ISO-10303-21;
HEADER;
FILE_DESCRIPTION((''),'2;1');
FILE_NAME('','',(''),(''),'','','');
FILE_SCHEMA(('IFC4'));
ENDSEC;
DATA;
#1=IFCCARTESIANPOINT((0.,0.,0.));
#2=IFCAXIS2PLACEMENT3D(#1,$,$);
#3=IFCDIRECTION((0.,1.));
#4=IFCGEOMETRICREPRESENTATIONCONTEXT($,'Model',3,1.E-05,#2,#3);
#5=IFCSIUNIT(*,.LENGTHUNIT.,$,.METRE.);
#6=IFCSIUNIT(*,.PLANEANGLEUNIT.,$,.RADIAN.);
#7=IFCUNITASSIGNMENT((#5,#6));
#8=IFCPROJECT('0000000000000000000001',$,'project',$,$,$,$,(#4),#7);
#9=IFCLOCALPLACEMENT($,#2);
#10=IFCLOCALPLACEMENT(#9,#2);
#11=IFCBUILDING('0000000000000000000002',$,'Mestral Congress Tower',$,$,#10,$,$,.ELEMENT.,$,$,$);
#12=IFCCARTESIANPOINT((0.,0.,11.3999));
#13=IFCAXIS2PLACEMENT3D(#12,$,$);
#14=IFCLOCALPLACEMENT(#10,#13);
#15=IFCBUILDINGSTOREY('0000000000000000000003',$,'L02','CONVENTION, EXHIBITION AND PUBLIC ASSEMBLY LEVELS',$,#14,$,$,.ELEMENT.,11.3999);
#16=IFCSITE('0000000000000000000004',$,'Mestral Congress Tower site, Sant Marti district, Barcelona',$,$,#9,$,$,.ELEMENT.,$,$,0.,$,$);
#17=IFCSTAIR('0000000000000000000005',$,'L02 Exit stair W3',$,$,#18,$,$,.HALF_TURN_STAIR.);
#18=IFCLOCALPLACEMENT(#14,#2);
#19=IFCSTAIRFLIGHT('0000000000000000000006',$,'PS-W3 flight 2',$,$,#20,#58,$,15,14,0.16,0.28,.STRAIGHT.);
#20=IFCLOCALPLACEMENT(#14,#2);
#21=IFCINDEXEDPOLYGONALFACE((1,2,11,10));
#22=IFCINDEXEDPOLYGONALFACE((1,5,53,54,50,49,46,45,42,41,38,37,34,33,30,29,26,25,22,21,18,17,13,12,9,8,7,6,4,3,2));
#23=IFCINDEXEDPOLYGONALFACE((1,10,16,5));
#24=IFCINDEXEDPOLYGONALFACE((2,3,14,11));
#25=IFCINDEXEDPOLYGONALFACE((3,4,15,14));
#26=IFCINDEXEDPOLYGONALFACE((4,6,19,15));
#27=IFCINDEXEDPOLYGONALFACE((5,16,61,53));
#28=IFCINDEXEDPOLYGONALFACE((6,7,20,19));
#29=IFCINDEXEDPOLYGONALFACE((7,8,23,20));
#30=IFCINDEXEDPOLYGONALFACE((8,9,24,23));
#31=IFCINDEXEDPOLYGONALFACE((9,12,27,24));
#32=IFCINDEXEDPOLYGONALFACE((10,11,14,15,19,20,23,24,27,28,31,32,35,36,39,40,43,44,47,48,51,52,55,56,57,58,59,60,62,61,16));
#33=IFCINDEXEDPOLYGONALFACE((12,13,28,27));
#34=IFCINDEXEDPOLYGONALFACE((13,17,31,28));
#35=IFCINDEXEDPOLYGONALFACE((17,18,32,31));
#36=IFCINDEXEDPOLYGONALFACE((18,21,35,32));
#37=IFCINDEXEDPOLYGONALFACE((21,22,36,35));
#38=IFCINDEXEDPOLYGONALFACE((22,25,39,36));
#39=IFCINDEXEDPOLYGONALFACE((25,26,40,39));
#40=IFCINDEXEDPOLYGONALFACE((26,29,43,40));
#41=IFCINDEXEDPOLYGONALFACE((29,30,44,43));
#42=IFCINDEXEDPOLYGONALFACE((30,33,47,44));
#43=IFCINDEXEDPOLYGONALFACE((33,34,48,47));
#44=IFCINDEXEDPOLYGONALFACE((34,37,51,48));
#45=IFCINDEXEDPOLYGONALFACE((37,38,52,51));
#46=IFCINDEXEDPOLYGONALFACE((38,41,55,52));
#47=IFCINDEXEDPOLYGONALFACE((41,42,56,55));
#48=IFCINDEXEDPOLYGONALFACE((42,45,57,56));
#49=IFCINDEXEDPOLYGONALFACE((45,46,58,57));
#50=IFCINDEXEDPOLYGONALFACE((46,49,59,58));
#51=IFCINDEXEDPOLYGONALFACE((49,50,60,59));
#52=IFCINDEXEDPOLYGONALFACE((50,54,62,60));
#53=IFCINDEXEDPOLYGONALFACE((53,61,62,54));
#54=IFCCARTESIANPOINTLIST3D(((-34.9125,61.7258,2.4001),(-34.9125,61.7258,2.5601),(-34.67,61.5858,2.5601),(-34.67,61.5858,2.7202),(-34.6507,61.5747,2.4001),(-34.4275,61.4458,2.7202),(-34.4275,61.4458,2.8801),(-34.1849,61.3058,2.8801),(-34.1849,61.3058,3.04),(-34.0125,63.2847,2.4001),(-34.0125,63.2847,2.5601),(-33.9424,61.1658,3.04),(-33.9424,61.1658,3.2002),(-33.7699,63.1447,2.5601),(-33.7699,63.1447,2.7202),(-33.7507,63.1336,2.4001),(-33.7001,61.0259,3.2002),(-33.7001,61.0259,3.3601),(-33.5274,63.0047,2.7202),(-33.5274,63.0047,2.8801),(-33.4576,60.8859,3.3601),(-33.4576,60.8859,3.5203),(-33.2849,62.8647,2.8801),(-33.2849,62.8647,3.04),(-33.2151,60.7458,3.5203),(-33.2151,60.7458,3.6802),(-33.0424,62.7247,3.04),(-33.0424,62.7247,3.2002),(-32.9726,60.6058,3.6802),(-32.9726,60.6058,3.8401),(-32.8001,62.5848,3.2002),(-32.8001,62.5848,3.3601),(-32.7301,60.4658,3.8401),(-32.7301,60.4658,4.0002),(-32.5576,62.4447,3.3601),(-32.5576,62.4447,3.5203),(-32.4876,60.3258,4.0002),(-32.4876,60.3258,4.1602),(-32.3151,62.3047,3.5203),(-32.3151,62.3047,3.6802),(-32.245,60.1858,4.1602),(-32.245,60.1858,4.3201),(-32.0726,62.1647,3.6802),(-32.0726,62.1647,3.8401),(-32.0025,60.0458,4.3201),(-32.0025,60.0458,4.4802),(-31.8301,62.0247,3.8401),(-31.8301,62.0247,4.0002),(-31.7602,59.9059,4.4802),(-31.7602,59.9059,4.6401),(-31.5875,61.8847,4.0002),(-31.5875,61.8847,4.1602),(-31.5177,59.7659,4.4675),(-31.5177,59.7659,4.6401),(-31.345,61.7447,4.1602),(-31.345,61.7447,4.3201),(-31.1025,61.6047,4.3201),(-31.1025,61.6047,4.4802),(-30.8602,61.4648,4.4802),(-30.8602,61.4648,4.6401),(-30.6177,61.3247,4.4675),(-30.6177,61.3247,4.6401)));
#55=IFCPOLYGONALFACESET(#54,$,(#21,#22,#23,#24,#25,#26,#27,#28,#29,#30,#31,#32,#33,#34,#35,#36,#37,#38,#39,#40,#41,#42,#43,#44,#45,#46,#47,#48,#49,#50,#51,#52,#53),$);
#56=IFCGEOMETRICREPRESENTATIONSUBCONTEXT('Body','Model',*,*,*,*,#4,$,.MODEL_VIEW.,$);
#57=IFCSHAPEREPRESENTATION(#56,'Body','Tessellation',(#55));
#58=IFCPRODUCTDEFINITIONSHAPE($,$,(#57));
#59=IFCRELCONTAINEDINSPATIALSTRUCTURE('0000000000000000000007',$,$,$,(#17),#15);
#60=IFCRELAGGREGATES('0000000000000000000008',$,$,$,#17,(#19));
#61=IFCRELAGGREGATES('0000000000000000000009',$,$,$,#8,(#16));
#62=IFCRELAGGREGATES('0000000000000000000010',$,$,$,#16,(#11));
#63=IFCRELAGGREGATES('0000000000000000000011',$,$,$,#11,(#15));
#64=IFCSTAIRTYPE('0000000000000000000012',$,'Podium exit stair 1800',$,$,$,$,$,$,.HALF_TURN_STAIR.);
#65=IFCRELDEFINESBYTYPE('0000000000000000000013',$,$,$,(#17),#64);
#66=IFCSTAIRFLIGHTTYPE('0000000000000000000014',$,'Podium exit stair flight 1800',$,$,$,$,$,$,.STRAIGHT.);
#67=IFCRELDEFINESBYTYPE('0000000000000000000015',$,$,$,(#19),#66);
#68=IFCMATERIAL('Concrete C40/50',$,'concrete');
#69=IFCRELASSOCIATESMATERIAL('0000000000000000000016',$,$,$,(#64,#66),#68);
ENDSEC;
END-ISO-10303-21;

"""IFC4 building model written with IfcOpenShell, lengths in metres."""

from ifc_helpers import new_model, si_unit, direction, frame, origin, place, context, subcontext, project, spatial, polyline, outline, extrude, material, type_object, element, aggregate, save


model = new_model("IFC4")

# Units and contexts
model_context = context("Model", 3, precision=1e-05, world=origin(), true_north=direction((0.0, 1.0)))
body_context = subcontext(model_context, "Body", "Model", "MODEL_VIEW")
ifc_project = project(units=[si_unit("LENGTHUNIT", "METRE"), si_unit("PLANEANGLEUNIT", "RADIAN")], contexts=[model_context])

# Site, building, storey
site_placement = place(None, origin())
site = spatial("IfcSite", under=ifc_project, at=site_placement, Name="Mestral Congress Tower site, Sant Marti district, Barcelona", CompositionType="ELEMENT", RefElevation=0.0)
building_placement = place(site_placement, origin())
building = spatial("IfcBuilding", under=site, at=building_placement, Name="Mestral Congress Tower", CompositionType="ELEMENT")
storey_placement = place(building_placement, frame((0.0, 0.0, 11.3999)))
storey = spatial("IfcBuildingStorey", under=building, at=storey_placement, Name="L02", Description="CONVENTION, EXHIBITION AND PUBLIC ASSEMBLY LEVELS", CompositionType="ELEMENT", Elevation=11.3999)

# Stair, stair flight
ifc_material_1 = material(Name="Concrete C40/50", Category="concrete")
stair_type = type_object("IfcStairType", Name="Podium exit stair 1800", PredefinedType="HALF_TURN_STAIR", material=ifc_material_1)
stair_placement = place(storey_placement, origin())
stair = element("IfcStair", 1, at=stair_placement, inside=storey, type_object=stair_type, Name="L02 Exit stair W3", PredefinedType="HALF_TURN_STAIR")
stair_flight_type = type_object("IfcStairFlightType", Name="Podium exit stair flight 1800", PredefinedType="STRAIGHT", material=ifc_material_1)
stair_flight_1_placement = place(storey_placement, frame((-34.4624, 62.5054, 2.4001), z_axis=(0.0, 0.0, 1.0), x_axis=(0.866025, -0.5, 0.0)))
stair_flight_1 = element("IfcStairFlight", 2, at=stair_flight_1_placement, type_object=stair_flight_type, Name="PS-W3 flight 2", NumberOfRisers=15, NumberOfTreads=14, PredefinedType="STRAIGHT", RiserHeight=0.16, TreadLength=0.28, context=body_context, shape_type="SweptSolid", body=[
    extrude(outline(polyline([(0.0, 0.0), (0.0, 0.1599), (0.28, 0.1599), (0.28, 0.3201), (0.5601, 0.3201), (0.5601, 0.48), (0.8401, 0.48), (0.8401, 0.6399), (1.1201, 0.6399), (1.1201, 0.8), (1.3999, 0.8), (1.3999, 0.96), (1.6799, 0.96), (1.6799, 1.1201), (1.96, 1.1201), (1.96, 1.28), (2.24, 1.28), (2.24, 1.4399), (2.52, 1.4399), (2.52, 1.6001), (2.8, 1.6001), (2.8, 1.76), (3.0801, 1.76), (3.0801, 1.9199), (3.3601, 1.9199), (3.3601, 2.0801), (3.6399, 2.0801), (3.6399, 2.24), (3.9199, 2.24), (3.9199, 2.3999), (3.9199, 2.0674), (0.3022, 0.0), (0.0, 0.0)])), frame((0.0, 0.8999, 0.0), z_axis=(0.0, -1.0, 0.0), x_axis=(1.0, 0.0, 0.0)), (0.0, 0.0, 1.0), 1.8),
])
aggregate(stair, [stair_flight_1])

save(model, "model.ifc")
